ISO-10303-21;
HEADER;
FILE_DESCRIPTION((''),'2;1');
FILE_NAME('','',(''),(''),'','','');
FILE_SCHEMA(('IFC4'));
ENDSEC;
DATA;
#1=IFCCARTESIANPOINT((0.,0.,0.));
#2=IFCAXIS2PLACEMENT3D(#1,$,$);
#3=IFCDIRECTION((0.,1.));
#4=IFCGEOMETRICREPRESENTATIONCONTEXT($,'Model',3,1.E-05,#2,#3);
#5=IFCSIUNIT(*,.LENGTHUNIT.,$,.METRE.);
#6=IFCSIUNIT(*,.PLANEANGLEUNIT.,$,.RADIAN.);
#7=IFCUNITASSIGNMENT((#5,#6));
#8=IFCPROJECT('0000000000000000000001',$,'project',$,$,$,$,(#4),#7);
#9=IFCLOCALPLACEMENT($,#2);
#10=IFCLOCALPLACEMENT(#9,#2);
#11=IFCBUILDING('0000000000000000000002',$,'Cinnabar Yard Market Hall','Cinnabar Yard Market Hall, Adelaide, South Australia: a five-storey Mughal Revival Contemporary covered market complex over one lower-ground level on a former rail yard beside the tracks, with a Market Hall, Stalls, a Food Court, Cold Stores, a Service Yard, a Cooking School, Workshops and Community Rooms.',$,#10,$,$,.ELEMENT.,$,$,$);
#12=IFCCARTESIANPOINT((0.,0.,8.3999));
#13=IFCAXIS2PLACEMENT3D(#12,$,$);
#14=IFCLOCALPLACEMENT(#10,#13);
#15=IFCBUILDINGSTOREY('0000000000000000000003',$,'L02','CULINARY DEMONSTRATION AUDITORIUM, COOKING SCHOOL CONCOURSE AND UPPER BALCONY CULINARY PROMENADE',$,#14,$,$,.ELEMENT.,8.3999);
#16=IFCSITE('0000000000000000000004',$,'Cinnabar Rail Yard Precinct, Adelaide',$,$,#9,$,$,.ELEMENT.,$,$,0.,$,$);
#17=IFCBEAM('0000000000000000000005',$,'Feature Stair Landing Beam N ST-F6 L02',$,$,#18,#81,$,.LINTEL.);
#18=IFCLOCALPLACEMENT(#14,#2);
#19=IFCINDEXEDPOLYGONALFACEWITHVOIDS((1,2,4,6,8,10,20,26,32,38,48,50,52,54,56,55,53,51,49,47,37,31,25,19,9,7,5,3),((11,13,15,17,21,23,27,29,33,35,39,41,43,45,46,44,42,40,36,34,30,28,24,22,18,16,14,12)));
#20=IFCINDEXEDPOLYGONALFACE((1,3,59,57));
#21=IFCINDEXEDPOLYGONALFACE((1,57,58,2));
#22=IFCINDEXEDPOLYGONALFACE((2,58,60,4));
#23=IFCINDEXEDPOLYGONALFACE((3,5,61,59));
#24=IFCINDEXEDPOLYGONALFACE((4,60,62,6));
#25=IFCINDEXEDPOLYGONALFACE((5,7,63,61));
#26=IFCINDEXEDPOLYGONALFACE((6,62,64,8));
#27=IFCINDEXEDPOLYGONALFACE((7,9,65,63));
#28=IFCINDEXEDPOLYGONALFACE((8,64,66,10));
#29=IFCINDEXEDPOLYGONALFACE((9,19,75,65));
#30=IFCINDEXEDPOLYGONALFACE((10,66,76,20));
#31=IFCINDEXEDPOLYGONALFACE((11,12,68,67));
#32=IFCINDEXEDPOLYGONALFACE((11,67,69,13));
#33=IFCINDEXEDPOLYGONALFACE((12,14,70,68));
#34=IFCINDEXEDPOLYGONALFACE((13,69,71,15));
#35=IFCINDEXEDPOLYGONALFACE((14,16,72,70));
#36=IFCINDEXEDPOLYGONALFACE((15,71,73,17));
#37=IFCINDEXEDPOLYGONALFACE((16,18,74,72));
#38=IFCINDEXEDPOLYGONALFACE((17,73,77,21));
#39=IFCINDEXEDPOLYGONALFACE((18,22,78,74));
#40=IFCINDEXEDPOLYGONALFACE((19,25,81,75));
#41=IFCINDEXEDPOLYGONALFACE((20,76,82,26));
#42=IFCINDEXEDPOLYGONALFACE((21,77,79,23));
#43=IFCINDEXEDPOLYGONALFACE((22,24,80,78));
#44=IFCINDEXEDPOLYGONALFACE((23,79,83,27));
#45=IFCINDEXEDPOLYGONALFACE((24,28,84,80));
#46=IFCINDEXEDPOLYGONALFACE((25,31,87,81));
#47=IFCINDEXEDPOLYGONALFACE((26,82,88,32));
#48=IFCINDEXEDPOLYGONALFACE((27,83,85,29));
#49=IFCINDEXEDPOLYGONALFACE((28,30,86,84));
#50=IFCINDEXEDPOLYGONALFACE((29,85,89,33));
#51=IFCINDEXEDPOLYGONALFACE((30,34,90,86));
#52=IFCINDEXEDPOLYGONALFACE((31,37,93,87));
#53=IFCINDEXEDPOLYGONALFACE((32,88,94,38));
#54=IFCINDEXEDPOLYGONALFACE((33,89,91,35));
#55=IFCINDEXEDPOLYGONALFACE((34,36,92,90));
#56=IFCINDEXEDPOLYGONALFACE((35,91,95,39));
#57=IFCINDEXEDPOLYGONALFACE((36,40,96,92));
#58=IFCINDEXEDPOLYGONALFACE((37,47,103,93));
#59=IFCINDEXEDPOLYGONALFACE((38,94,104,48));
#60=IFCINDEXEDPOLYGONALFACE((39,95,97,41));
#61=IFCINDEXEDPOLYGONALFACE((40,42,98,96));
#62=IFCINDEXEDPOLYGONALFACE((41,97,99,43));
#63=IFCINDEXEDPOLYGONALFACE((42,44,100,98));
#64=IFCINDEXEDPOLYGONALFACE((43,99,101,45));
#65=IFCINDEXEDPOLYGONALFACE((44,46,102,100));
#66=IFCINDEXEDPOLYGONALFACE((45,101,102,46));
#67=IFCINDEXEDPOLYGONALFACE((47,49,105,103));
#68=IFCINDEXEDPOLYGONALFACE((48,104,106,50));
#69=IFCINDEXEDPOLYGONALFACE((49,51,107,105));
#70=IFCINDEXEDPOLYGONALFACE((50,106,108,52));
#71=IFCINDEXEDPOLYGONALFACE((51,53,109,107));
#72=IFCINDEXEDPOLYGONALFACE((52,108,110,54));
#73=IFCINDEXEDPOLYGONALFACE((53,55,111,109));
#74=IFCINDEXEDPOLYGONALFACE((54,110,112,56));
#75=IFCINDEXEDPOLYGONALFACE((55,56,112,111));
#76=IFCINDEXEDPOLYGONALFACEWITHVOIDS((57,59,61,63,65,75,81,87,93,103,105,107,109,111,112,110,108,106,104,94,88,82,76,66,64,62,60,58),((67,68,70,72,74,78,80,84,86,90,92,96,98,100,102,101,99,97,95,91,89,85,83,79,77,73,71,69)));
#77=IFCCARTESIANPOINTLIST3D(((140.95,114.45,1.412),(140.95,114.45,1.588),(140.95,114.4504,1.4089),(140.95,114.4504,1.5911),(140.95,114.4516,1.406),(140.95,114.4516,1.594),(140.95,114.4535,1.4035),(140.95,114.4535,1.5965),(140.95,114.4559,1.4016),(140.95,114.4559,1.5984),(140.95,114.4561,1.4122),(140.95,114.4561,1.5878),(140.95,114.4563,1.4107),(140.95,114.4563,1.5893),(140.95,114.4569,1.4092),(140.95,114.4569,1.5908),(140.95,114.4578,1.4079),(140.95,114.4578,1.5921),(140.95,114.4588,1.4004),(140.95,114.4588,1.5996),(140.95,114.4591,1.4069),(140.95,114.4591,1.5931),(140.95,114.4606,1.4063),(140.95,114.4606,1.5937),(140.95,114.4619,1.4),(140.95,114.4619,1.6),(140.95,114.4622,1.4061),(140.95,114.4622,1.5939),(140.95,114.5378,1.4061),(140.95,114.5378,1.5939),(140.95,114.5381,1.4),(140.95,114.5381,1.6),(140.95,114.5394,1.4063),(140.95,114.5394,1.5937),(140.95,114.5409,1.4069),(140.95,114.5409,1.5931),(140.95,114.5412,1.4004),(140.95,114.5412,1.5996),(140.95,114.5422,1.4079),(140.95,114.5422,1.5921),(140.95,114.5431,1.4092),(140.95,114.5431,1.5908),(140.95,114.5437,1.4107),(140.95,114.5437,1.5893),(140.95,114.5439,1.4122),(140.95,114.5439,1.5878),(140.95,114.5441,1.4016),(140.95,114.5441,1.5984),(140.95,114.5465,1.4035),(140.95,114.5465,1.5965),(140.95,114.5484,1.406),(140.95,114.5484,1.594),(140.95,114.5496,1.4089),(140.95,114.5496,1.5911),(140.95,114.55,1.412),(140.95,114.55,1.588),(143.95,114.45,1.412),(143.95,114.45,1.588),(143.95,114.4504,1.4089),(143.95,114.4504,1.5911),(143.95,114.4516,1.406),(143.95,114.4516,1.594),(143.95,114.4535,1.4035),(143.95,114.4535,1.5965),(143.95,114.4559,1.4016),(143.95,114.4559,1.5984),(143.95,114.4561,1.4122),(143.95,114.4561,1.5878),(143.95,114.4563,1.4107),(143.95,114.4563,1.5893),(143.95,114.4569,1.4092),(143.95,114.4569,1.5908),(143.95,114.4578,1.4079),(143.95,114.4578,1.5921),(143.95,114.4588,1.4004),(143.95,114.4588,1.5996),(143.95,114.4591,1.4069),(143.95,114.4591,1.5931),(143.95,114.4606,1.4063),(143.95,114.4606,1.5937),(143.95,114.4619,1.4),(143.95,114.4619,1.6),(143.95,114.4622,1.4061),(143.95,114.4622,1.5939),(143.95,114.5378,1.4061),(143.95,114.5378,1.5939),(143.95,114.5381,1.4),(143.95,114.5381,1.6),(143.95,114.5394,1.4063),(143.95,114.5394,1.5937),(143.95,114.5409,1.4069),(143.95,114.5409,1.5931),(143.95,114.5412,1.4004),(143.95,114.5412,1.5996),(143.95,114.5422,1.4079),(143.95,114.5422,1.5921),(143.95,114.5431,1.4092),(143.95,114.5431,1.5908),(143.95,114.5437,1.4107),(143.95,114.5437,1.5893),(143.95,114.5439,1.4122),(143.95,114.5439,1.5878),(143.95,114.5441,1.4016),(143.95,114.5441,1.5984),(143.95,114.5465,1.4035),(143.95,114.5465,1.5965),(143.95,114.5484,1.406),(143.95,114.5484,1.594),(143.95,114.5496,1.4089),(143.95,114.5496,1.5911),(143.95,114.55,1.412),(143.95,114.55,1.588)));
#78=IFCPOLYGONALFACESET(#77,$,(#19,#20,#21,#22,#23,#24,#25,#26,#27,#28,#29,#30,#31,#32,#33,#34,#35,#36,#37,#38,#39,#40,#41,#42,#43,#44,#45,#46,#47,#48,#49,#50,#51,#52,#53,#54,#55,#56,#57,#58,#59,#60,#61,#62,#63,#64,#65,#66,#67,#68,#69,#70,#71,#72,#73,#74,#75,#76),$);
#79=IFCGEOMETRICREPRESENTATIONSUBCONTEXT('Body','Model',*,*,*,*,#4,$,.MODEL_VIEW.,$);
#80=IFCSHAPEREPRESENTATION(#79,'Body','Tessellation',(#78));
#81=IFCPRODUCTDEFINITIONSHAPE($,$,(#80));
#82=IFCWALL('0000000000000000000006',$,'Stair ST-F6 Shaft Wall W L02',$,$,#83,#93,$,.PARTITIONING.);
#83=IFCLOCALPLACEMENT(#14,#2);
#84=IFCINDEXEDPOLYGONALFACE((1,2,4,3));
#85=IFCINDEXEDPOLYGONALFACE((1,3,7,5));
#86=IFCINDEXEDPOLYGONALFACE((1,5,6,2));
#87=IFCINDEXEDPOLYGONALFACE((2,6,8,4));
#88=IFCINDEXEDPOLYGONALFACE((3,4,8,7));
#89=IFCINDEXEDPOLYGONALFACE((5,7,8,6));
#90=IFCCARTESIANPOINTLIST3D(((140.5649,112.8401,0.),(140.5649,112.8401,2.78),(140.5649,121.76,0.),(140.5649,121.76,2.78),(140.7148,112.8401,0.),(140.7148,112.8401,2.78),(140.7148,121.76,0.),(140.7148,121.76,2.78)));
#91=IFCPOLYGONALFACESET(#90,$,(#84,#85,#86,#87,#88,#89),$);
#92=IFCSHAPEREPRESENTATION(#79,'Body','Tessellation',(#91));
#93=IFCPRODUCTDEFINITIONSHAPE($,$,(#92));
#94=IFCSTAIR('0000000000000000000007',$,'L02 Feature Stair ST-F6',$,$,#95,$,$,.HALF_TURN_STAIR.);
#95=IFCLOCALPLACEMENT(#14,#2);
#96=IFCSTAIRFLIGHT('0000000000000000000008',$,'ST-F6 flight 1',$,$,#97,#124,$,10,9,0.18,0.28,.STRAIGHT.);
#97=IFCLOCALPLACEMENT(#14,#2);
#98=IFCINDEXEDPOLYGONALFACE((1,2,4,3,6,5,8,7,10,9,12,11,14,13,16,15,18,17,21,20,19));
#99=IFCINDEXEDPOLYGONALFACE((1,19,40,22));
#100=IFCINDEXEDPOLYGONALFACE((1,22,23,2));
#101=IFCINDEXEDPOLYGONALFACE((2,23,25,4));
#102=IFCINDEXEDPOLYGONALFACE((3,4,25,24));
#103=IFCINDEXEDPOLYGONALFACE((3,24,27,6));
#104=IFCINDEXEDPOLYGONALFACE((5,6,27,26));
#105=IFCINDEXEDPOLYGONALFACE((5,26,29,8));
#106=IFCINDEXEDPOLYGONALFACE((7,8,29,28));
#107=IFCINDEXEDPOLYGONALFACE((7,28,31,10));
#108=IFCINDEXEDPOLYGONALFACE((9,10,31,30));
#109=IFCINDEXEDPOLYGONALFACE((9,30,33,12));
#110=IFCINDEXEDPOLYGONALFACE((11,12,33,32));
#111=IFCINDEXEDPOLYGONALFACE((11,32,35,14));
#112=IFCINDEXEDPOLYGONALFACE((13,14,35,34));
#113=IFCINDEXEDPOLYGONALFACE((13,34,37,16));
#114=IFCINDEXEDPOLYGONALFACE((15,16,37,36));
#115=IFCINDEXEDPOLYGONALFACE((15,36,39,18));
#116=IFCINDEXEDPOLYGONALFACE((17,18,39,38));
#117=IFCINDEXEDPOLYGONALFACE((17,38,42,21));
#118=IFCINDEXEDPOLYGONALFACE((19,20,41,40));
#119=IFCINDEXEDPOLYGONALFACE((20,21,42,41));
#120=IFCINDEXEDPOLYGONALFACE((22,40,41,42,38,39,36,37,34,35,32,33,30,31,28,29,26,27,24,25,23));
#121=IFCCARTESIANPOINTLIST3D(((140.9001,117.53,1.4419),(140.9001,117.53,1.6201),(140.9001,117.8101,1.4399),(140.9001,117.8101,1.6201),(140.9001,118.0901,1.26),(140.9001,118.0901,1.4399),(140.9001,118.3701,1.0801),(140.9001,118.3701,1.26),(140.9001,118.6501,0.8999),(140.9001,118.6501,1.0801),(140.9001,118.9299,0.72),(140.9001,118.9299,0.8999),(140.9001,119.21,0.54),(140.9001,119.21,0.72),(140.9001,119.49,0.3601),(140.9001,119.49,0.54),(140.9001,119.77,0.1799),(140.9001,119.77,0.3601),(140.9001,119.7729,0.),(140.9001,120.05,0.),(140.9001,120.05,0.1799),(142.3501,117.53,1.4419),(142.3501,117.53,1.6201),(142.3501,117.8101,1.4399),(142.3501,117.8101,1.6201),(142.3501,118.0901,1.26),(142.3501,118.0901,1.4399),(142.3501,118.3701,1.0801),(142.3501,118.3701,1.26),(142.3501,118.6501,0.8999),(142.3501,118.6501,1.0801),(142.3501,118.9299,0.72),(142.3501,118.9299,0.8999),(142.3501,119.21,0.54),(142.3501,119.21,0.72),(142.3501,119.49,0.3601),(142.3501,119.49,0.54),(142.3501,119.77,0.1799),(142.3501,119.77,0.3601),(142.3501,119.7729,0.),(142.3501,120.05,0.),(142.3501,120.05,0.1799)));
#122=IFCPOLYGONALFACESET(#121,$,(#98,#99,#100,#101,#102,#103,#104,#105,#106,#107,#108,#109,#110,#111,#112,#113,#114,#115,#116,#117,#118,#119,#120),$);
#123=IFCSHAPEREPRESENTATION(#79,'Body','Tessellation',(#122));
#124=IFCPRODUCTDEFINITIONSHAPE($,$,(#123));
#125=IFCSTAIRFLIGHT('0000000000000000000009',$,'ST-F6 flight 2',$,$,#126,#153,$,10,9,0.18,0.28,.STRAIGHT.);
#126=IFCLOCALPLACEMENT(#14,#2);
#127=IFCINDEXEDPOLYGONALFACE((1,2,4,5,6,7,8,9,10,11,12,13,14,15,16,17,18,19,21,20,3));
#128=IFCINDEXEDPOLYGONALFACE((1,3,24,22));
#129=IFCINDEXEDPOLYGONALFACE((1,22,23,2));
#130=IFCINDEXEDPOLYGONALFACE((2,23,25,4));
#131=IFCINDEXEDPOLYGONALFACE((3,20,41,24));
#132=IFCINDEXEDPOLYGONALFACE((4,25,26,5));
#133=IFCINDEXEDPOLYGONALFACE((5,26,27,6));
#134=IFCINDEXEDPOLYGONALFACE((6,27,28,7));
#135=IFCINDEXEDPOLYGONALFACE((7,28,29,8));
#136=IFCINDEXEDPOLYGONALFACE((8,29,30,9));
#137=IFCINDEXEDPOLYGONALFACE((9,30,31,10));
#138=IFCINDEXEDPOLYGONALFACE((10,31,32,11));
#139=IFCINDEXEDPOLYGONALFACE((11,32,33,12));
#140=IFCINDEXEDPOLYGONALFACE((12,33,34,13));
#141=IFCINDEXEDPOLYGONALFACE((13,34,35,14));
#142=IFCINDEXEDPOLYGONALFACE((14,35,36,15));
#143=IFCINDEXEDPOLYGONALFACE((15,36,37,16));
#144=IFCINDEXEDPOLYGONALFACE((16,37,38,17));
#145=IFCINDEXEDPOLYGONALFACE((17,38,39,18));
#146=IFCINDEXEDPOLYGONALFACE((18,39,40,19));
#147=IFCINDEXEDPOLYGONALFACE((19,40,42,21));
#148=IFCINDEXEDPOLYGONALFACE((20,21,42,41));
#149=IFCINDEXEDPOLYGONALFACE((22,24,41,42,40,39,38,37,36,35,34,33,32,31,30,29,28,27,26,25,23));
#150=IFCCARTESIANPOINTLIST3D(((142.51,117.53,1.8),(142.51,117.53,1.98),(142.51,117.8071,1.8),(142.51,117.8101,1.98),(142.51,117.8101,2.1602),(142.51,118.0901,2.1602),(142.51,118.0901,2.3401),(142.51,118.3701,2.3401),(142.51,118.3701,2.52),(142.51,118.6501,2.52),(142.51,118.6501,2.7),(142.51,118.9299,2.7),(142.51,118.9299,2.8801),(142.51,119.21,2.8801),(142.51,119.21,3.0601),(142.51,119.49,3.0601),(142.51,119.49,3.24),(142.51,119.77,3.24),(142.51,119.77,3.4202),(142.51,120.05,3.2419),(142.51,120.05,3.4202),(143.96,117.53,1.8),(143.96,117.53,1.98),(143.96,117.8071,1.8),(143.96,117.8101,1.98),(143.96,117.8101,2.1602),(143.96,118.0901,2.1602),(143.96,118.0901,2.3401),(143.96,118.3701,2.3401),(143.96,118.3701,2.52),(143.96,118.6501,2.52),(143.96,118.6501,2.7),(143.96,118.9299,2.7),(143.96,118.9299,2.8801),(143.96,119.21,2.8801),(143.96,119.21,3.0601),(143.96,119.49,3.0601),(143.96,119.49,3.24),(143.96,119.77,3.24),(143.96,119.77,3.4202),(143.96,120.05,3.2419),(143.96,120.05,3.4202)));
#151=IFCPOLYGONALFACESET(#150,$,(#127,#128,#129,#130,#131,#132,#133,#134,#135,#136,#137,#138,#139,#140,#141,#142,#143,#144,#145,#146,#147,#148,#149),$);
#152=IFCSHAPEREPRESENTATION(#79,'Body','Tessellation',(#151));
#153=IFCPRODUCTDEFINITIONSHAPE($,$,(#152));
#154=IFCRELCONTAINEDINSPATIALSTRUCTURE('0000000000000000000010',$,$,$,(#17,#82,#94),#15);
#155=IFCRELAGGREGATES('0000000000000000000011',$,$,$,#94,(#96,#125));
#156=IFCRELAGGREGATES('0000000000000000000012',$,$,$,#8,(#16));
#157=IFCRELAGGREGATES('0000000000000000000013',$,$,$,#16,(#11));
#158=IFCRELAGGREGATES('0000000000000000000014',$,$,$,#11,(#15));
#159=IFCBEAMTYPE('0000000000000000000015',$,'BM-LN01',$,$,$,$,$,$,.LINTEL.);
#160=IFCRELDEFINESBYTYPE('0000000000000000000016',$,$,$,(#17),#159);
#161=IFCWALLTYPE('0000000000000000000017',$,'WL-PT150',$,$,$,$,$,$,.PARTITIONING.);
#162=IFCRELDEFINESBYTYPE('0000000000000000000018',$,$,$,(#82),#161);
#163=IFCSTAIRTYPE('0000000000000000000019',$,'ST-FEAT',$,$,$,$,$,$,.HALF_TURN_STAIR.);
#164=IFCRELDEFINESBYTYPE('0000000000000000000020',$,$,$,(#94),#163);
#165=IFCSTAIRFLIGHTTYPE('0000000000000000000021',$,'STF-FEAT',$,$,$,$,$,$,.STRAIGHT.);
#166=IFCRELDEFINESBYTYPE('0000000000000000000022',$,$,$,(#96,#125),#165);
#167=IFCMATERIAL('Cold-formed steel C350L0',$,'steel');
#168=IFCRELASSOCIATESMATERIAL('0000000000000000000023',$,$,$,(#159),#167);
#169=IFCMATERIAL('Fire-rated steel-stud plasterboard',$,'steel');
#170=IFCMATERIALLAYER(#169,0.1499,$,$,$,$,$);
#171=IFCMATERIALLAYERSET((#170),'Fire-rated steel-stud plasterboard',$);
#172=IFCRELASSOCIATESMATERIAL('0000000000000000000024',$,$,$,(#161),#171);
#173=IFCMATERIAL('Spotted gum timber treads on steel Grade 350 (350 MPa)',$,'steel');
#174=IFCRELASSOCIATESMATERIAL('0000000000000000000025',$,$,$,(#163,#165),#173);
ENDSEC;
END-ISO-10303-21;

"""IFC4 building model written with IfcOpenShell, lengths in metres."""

from ifc_helpers import new_model, si_unit, direction, frame, frame_2d, origin, origin_2d_with_axis, place, context, subcontext, project, spatial, polyline, rectangle, hollow_rectangle, outline, extrude, material, layer, layer_set, material_profile, profile_set, type_object, element, aggregate, save


model = new_model("IFC4")

# Units and contexts
model_context = context("Model", 3, precision=1e-05, world=origin(), true_north=direction((0.0, 1.0)))
body_context = subcontext(model_context, "Body", "Model", "MODEL_VIEW")
ifc_project = project(units=[si_unit("LENGTHUNIT", "METRE"), si_unit("PLANEANGLEUNIT", "RADIAN")], contexts=[model_context])

# Site, building, storey
site_placement = place(None, origin())
site = spatial("IfcSite", under=ifc_project, at=site_placement, Name="Cinnabar Rail Yard Precinct, Adelaide", CompositionType="ELEMENT", RefElevation=0.0)
building_placement = place(site_placement, origin())
building = spatial("IfcBuilding", under=site, at=building_placement, Name="Cinnabar Yard Market Hall", Description="Cinnabar Yard Market Hall, Adelaide, South Australia: a five-storey Mughal Revival Contemporary covered market complex over one lower-ground level on a former rail yard beside the tracks, with a Market Hall, Stalls, a Food Court, Cold Stores, a Service Yard, a Cooking School, Workshops and Community Rooms.", CompositionType="ELEMENT")
storey_placement = place(building_placement, frame((0.0, 0.0, 8.3999)))
storey = spatial("IfcBuildingStorey", under=building, at=storey_placement, Name="L02", Description="CULINARY DEMONSTRATION AUDITORIUM, COOKING SCHOOL CONCOURSE AND UPPER BALCONY CULINARY PROMENADE", CompositionType="ELEMENT", Elevation=8.3999)

# Shared definitions
ifc_material_1 = material(Name="Cold-formed steel C350L0", Category="steel")

# Beam
ifc_material_profile_1 = material_profile(ifc_material_1, hollow_rectangle(XDim=0.1001, YDim=0.2, WallThickness=0.0061, InnerFilletRadius=0.0061, OuterFilletRadius=0.012, at=origin_2d_with_axis()), Name="200x100x6.0RHS")
ifc_profile_set_1 = profile_set([ifc_material_profile_1], Name="Cold-formed steel C350L0")
beam_type_1 = type_object("IfcBeamType", Name="BM-LN01", PredefinedType="LINTEL", material=ifc_profile_set_1)
for number, where, z_axis, x_axis, name in (
    (1, (140.95, 114.5, 1.5), (1.0, 0.0, 0.0), (0.0, 1.0, 0.0), "Feature Stair Landing Beam N ST-F6 L02"),
):
    element("IfcBeam", number, at=place(storey_placement, frame(where, z_axis=z_axis, x_axis=x_axis)), inside=storey, type_object=beam_type_1, Name=name, PredefinedType="LINTEL", context=body_context, shape_type="SweptSolid", body=[
        extrude(hollow_rectangle(XDim=0.1001, YDim=0.2, WallThickness=0.0061, InnerFilletRadius=0.0061, OuterFilletRadius=0.012, at=origin_2d_with_axis()), origin(), (0.0, 0.0, 1.0), 3.0),
    ])

# Wall
ifc_material_2 = material(Name="Fire-rated steel-stud plasterboard", Category="steel")
ifc_layer_1 = layer(ifc_material_2, 0.1499)
ifc_layer_set_1 = layer_set([ifc_layer_1], Name="Fire-rated steel-stud plasterboard")
wall_type = type_object("IfcWallType", Name="WL-PT150", PredefinedType="PARTITIONING", material=ifc_layer_set_1)
wall_placement = place(storey_placement, frame((140.6399, 121.76, 0.0), z_axis=(0.0, 0.0, 1.0), x_axis=(0.0, -1.0, 0.0)))
element("IfcWall", 2, at=wall_placement, inside=storey, type_object=wall_type, Name="Stair ST-F6 Shaft Wall W L02", PredefinedType="PARTITIONING", context=body_context, shape_type="SweptSolid", body=[
    extrude(rectangle(XDim=8.9199, YDim=0.1499, at=frame_2d((4.46, 0.0), x_axis=(1.0, 0.0))), origin(), (0.0, 0.0, 1.0), 2.78),
])

# Stair, stair flights
ifc_material_3 = material(Name="Spotted gum timber treads on steel Grade 350 (350 MPa)", Category="steel")
stair_type = type_object("IfcStairType", Name="ST-FEAT", PredefinedType="HALF_TURN_STAIR", material=ifc_material_3)
stair_placement = place(storey_placement, origin())
stair = element("IfcStair", 3, at=stair_placement, inside=storey, type_object=stair_type, Name="L02 Feature Stair ST-F6", PredefinedType="HALF_TURN_STAIR")
stair_flight_type = type_object("IfcStairFlightType", Name="STF-FEAT", PredefinedType="STRAIGHT", material=ifc_material_3)
stair_flight_1_placement = place(storey_placement, frame((141.625, 120.05, 0.0), z_axis=(0.0, 0.0, 1.0), x_axis=(0.0, -1.0, 0.0)))
stair_flight_1 = element("IfcStairFlight", 4, at=stair_flight_1_placement, type_object=stair_flight_type, Name="ST-F6 flight 1", NumberOfRisers=10, NumberOfTreads=9, PredefinedType="STRAIGHT", RiserHeight=0.18, TreadLength=0.28, context=body_context, shape_type="SweptSolid", body=[
    extrude(outline(polyline([(0.0, 0.0), (0.0, 0.1799), (0.28, 0.1799), (0.28, 0.3601), (0.5601, 0.3601), (0.5601, 0.54), (0.8401, 0.54), (0.8401, 0.72), (1.1201, 0.72), (1.1201, 0.8999), (1.3999, 0.8999), (1.3999, 1.0801), (1.6799, 1.0801), (1.6799, 1.26), (1.96, 1.26), (1.96, 1.4399), (2.24, 1.4399), (2.24, 1.6201), (2.52, 1.6201), (2.52, 1.8), (2.52, 1.4419), (0.2771, 0.0), (0.0, 0.0)])), frame((0.0, 0.7251, 0.0), z_axis=(0.0, -1.0, 0.0), x_axis=(1.0, 0.0, 0.0)), (0.0, 0.0, 1.0), 1.45),
])
stair_flight_2_placement = place(storey_placement, frame((143.2351, 117.53, 1.8), z_axis=(0.0, 0.0, 1.0), x_axis=(0.0, 1.0, 0.0)))
stair_flight_2 = element("IfcStairFlight", 5, at=stair_flight_2_placement, type_object=stair_flight_type, Name="ST-F6 flight 2", NumberOfRisers=10, NumberOfTreads=9, PredefinedType="STRAIGHT", RiserHeight=0.18, TreadLength=0.28, context=body_context, shape_type="SweptSolid", body=[
    extrude(outline(polyline([(0.0, 0.0), (0.0, 0.1799), (0.28, 0.1799), (0.28, 0.3601), (0.5601, 0.3601), (0.5601, 0.54), (0.8401, 0.54), (0.8401, 0.72), (1.1201, 0.72), (1.1201, 0.8999), (1.3999, 0.8999), (1.3999, 1.0801), (1.6799, 1.0801), (1.6799, 1.26), (1.96, 1.26), (1.96, 1.4399), (2.24, 1.4399), (2.24, 1.6201), (2.52, 1.6201), (2.52, 1.8), (2.52, 1.4419), (0.2771, 0.0), (0.0, 0.0)])), frame((0.0, 0.7251, 0.0), z_axis=(0.0, -1.0, 0.0), x_axis=(1.0, 0.0, 0.0)), (0.0, 0.0, 1.0), 1.45),
])
aggregate(stair, [stair_flight_1, stair_flight_2])

save(model, "model.ifc")
